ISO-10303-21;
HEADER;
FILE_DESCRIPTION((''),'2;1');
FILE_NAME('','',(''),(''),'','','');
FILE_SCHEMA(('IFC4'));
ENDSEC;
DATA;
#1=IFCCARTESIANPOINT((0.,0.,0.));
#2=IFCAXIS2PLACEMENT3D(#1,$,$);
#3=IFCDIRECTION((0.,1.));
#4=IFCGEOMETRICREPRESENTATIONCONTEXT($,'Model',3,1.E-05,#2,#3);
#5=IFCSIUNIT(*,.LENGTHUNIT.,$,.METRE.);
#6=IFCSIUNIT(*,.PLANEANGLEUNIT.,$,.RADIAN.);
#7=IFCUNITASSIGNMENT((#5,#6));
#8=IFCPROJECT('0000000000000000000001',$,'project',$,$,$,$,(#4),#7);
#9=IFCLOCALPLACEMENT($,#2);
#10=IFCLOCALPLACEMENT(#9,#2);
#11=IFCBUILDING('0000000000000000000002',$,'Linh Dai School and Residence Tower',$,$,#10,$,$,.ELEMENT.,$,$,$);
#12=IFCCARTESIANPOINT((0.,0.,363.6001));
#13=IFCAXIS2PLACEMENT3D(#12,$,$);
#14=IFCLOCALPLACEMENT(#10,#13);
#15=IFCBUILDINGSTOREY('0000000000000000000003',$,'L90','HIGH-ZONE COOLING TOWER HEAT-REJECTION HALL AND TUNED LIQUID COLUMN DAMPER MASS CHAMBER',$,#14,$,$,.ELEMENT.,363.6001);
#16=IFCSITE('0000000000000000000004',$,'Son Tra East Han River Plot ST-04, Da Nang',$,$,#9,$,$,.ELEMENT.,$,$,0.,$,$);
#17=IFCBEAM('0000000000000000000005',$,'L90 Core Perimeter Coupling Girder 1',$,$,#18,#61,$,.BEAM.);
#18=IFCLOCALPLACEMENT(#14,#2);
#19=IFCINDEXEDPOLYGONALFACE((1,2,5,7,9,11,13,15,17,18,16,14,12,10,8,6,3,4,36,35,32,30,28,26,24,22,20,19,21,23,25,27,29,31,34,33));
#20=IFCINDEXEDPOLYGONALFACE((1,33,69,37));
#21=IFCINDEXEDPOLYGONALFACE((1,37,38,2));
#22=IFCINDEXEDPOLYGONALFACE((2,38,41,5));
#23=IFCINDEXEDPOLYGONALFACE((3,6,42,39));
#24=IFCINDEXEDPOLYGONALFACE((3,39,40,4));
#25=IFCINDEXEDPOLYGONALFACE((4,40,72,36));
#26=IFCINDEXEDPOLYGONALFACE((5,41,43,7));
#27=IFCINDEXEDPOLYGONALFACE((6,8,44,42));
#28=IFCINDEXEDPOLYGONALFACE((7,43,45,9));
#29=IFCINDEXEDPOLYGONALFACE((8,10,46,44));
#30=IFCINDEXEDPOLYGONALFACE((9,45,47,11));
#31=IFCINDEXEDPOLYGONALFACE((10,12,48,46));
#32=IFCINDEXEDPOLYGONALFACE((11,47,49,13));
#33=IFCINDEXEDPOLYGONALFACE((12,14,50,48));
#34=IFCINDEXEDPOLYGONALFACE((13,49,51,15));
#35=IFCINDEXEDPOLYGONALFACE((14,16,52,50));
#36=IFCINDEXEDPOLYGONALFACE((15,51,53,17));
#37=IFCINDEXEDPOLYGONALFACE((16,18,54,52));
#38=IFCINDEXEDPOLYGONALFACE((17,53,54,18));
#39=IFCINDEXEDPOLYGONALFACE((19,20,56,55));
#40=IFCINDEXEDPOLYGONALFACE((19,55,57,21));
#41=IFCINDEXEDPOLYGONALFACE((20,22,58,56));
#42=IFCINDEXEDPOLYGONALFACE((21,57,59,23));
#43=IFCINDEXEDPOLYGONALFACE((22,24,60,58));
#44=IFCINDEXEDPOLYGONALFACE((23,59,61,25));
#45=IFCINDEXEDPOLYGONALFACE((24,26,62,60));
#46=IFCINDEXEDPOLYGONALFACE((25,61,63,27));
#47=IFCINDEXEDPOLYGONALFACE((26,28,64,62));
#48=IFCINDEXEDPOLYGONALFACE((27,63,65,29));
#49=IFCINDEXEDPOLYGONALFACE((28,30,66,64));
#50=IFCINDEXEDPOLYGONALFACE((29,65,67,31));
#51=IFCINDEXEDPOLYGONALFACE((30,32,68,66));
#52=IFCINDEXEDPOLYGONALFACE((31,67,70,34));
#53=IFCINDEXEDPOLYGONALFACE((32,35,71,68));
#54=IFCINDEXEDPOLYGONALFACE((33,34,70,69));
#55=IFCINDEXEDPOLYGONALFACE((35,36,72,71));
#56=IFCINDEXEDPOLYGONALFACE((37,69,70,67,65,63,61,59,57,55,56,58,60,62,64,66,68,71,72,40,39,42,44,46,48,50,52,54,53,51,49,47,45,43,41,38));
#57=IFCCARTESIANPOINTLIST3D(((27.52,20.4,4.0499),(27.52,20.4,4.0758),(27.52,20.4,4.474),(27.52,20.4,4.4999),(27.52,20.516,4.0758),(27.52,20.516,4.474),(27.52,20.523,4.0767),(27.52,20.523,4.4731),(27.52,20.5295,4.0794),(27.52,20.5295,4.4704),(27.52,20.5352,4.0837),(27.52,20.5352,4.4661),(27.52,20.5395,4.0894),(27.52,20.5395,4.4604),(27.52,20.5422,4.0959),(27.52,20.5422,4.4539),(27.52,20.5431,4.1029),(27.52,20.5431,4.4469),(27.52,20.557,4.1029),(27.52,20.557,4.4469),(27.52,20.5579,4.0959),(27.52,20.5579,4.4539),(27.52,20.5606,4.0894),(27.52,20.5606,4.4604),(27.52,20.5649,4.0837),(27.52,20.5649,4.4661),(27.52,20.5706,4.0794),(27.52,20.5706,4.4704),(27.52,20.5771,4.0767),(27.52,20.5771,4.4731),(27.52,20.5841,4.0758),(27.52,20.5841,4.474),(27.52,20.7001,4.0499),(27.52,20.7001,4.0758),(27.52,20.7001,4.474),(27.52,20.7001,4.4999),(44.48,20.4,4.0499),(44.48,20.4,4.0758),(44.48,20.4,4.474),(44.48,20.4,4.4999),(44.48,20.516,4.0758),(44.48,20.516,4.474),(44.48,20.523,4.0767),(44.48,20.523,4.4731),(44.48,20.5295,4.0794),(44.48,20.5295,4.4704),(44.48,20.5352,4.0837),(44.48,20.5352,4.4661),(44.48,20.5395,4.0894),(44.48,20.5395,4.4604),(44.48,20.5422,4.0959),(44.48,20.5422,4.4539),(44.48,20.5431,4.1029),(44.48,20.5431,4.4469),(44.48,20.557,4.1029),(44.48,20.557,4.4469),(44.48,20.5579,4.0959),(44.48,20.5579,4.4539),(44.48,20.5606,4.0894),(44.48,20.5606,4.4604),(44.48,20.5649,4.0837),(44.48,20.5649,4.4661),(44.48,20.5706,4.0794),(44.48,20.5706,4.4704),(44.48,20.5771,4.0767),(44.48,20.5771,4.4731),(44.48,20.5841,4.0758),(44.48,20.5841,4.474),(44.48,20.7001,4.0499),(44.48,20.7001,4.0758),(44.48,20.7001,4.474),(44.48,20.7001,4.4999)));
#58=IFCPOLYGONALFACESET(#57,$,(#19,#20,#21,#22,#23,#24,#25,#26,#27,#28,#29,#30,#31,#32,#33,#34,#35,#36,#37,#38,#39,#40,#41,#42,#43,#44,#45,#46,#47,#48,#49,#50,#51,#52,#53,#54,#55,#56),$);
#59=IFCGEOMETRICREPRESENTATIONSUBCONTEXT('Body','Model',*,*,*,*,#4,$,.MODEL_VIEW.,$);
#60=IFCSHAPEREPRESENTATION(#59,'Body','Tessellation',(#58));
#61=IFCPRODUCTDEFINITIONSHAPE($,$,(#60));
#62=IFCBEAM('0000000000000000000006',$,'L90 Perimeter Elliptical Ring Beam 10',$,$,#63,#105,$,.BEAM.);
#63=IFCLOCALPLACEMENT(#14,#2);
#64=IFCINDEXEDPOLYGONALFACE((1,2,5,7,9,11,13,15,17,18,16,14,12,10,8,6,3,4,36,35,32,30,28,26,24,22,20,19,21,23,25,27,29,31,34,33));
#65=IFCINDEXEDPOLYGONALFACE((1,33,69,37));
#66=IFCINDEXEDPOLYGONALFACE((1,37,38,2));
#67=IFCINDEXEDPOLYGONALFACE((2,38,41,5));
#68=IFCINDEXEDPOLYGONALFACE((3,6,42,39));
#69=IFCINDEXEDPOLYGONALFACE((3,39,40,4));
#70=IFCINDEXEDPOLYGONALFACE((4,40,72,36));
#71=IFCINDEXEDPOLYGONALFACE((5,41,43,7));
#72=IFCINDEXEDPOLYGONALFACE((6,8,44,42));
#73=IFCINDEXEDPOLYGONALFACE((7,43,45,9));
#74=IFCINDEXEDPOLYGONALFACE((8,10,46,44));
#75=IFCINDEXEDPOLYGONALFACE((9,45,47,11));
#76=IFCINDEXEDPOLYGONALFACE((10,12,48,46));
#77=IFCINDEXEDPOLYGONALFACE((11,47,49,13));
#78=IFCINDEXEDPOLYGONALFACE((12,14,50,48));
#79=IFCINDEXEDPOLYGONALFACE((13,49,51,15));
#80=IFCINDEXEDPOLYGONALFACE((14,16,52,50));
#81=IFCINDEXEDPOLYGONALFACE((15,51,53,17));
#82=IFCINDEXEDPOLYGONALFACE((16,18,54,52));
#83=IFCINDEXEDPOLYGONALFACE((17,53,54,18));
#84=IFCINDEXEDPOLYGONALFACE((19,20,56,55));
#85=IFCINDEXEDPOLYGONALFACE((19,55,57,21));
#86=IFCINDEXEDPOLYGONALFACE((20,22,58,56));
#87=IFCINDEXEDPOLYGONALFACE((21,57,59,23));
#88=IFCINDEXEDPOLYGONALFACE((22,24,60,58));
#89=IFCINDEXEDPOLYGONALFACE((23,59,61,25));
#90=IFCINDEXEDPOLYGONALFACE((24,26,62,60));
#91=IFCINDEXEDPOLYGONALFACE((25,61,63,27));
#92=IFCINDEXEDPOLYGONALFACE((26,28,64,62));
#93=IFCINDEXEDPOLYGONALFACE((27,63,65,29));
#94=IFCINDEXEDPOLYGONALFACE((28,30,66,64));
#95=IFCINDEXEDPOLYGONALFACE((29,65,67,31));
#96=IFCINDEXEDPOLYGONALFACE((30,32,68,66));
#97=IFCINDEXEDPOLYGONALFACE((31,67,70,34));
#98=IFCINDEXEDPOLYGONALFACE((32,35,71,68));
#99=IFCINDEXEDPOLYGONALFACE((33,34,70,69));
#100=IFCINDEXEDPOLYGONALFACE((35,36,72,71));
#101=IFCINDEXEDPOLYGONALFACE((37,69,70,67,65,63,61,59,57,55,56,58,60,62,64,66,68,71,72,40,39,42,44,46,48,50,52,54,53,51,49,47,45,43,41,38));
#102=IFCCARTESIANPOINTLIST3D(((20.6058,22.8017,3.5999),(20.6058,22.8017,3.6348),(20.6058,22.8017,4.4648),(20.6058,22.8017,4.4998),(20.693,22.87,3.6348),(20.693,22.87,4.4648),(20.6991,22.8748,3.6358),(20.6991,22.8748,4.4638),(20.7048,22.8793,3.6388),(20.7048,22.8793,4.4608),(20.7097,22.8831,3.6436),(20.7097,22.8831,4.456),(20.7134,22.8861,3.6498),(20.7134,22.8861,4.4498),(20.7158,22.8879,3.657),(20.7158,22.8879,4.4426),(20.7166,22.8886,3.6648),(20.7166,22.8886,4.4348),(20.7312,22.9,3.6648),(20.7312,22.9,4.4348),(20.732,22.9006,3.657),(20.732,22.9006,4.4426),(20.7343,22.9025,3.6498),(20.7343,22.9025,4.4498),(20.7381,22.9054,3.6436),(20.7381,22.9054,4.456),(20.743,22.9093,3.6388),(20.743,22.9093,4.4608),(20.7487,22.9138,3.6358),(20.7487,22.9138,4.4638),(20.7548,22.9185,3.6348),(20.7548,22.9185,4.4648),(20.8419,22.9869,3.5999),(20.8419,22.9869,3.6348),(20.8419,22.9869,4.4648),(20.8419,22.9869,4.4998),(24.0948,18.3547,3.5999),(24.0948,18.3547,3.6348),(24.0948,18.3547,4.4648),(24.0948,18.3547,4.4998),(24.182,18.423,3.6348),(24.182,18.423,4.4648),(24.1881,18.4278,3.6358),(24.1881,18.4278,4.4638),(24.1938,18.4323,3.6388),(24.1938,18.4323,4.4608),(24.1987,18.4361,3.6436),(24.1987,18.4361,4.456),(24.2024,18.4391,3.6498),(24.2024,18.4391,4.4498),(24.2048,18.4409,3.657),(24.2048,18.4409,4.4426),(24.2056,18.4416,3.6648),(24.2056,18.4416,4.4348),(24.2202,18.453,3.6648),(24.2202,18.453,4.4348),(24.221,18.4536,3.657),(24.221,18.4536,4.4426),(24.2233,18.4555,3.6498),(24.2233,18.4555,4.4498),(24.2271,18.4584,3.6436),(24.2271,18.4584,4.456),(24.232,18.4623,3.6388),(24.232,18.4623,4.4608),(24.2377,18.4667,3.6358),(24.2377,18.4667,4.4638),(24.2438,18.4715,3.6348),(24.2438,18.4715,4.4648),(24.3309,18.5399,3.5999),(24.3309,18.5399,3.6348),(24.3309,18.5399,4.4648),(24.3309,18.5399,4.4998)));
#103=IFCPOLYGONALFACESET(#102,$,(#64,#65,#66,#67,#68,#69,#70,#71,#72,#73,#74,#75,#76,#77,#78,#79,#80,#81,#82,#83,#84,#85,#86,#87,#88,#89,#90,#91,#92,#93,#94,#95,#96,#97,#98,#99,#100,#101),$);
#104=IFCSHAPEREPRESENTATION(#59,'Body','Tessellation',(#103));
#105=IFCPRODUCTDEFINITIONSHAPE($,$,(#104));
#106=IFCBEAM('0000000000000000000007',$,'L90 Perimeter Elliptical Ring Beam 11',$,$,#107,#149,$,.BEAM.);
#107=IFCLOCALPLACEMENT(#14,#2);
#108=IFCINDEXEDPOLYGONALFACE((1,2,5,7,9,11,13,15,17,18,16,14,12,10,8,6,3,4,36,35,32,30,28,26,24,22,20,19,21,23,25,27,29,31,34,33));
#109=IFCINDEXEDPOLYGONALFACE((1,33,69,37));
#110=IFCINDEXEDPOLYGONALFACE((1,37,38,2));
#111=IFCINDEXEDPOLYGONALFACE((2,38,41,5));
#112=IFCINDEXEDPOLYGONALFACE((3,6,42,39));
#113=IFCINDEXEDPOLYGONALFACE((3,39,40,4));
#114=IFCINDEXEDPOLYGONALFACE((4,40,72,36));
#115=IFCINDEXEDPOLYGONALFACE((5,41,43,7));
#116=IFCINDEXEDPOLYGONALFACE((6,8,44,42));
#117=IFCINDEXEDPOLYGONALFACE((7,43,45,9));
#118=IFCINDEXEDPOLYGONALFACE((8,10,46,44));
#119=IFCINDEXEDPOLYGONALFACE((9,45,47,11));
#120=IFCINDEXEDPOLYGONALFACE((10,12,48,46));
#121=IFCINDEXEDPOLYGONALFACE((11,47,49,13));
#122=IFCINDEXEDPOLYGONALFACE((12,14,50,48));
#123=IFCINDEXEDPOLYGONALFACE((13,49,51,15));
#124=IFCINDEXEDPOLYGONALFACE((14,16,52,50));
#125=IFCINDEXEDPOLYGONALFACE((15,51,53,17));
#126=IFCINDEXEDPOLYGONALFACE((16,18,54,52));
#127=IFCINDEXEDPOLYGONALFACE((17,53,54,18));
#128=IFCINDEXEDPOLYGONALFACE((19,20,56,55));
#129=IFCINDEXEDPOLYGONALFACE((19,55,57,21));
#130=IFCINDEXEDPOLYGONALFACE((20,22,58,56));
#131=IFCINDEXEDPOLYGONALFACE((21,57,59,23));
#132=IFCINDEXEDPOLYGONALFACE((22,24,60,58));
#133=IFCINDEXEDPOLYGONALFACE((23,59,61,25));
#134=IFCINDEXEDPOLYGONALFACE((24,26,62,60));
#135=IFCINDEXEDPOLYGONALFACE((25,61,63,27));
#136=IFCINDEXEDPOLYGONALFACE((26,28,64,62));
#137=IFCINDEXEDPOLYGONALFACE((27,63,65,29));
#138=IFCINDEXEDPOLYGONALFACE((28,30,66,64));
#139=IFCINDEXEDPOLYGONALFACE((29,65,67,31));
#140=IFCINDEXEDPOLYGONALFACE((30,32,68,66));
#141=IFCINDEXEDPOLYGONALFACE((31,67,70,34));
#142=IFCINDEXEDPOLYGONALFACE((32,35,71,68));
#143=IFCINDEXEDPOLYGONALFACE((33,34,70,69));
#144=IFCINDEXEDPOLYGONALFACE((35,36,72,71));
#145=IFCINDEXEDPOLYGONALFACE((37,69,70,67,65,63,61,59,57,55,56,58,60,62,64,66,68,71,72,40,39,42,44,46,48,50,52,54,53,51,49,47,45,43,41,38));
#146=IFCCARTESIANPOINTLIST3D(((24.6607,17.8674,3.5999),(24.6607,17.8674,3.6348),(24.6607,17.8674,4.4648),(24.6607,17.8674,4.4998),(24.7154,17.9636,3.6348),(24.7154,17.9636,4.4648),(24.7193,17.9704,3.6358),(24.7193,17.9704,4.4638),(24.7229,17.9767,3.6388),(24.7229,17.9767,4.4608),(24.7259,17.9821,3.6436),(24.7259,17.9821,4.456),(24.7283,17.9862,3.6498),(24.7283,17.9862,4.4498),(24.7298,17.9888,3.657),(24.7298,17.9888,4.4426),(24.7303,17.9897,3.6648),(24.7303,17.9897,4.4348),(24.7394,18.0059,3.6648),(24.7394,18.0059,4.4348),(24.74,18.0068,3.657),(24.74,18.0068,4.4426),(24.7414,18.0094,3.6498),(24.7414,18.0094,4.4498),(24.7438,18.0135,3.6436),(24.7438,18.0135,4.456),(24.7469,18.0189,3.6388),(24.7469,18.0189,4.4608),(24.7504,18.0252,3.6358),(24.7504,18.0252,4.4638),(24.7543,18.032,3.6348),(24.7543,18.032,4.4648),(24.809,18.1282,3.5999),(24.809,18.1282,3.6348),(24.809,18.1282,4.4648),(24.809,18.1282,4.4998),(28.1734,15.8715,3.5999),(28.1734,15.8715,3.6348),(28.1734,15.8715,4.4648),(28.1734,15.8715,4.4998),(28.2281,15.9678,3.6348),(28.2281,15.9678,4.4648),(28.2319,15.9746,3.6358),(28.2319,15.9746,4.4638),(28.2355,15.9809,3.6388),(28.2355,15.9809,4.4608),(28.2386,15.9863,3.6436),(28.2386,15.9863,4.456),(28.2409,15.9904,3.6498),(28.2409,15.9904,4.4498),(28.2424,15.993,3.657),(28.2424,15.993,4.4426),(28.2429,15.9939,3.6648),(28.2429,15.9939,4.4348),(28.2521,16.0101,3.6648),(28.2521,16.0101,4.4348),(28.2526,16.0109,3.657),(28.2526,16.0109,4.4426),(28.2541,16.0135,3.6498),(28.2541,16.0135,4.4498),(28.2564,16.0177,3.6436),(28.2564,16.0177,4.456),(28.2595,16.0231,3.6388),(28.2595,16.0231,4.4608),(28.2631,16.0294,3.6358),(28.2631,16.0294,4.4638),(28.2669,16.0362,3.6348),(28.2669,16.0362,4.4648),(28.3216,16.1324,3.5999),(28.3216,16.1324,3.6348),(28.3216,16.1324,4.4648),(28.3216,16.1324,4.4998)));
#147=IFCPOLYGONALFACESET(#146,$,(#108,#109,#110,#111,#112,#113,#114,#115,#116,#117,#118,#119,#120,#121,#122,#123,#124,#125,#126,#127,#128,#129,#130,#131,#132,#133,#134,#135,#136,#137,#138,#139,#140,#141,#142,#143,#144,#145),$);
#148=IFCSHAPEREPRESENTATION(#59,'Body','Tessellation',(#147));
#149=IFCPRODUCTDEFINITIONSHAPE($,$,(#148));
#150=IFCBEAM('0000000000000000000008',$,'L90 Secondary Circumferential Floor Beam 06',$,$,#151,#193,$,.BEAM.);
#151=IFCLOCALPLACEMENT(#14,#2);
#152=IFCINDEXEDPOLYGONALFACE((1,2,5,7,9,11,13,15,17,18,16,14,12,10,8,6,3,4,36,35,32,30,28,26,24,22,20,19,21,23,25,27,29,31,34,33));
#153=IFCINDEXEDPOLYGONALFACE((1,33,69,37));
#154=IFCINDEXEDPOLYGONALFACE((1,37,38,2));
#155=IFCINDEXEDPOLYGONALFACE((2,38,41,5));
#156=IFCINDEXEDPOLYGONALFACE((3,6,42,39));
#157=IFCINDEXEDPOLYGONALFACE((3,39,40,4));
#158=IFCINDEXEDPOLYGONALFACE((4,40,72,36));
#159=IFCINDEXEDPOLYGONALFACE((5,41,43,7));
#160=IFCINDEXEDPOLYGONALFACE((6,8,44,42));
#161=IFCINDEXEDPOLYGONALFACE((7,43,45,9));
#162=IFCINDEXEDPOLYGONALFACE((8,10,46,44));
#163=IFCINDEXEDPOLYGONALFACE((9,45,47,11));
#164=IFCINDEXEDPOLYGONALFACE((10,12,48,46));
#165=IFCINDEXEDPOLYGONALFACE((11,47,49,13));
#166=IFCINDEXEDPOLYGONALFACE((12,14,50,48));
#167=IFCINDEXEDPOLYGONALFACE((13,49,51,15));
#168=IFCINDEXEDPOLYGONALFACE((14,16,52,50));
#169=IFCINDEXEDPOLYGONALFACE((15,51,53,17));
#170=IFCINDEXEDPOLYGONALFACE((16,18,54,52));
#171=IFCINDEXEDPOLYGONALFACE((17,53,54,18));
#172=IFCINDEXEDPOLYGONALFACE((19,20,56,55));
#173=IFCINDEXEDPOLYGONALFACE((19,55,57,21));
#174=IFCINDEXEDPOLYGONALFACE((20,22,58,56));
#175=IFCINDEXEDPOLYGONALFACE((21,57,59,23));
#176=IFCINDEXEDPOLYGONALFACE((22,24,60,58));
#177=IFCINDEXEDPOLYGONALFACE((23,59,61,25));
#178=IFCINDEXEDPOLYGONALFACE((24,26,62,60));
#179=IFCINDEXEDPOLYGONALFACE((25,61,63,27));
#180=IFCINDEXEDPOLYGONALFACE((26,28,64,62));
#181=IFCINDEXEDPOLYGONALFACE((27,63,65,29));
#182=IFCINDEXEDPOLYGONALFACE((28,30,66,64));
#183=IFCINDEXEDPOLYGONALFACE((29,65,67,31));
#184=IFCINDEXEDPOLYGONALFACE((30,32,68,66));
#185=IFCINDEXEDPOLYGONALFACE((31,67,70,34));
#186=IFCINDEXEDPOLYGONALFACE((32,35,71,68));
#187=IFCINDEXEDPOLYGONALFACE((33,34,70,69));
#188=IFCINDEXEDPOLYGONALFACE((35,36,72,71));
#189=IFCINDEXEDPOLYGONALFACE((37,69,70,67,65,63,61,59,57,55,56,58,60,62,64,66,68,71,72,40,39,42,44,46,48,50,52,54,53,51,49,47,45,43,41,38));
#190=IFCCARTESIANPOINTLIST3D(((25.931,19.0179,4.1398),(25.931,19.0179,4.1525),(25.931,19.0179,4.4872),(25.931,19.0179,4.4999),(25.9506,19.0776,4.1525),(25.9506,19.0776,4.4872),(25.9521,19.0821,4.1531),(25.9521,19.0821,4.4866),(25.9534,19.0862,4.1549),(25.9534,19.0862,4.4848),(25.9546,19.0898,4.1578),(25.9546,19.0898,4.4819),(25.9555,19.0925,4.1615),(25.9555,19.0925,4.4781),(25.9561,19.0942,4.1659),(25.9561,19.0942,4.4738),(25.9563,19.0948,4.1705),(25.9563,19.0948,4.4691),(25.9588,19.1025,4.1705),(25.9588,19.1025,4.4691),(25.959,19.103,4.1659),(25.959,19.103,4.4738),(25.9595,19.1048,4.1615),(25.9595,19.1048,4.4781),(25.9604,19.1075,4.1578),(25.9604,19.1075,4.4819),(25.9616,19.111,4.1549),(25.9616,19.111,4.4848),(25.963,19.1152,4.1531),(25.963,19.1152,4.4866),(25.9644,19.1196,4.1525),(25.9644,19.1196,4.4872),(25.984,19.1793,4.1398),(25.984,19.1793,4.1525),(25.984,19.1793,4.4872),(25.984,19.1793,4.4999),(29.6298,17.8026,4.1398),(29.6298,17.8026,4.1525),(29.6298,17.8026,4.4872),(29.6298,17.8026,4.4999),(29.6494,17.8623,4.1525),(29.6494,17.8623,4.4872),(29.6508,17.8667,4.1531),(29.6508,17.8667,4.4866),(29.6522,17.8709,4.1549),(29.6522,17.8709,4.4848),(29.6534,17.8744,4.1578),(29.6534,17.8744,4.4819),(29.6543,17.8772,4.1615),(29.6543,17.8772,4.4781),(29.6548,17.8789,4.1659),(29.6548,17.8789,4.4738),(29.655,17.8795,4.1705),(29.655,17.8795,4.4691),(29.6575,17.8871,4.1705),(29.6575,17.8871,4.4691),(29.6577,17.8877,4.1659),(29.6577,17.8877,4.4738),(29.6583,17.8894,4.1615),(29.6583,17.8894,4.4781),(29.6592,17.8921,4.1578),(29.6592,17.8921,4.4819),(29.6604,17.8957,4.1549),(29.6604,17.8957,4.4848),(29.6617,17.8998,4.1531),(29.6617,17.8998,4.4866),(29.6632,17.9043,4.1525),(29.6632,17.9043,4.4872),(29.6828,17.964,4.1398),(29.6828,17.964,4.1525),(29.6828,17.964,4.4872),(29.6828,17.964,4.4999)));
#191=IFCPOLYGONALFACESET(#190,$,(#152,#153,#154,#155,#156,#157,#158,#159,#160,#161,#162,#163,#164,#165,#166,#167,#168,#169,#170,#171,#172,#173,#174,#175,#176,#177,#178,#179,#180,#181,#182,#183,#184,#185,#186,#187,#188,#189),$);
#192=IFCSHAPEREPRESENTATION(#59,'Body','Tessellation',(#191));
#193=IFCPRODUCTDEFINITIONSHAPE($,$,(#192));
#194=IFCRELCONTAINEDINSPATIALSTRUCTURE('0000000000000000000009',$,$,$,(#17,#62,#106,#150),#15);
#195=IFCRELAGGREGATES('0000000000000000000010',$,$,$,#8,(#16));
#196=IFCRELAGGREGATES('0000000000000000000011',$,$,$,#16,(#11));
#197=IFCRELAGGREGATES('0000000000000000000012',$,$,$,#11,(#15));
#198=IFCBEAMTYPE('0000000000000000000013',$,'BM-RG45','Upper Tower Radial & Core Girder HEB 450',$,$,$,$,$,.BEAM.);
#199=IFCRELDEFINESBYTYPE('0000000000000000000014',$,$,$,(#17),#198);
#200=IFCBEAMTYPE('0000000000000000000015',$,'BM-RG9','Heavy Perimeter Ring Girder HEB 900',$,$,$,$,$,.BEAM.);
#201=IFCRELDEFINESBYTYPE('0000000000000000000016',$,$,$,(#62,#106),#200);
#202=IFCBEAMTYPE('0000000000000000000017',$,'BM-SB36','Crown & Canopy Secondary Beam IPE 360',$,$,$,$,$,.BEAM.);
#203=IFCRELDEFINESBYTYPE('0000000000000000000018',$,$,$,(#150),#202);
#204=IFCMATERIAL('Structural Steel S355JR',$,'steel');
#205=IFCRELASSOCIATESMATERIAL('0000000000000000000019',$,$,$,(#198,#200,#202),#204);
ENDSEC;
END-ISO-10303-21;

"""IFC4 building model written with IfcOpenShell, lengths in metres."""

from ifc_helpers import new_model, si_unit, direction, frame, origin, origin_2d, place, context, subcontext, project, spatial, i_section, extrude, material, material_profile, profile_set, type_object, element, save


model = new_model("IFC4")

# Units and contexts
model_context = context("Model", 3, precision=1e-05, world=origin(), true_north=direction((0.0, 1.0)))
body_context = subcontext(model_context, "Body", "Model", "MODEL_VIEW")
ifc_project = project(units=[si_unit("LENGTHUNIT", "METRE"), si_unit("PLANEANGLEUNIT", "RADIAN")], contexts=[model_context])

# Site, building, storey
site_placement = place(None, origin())
site = spatial("IfcSite", under=ifc_project, at=site_placement, Name="Son Tra East Han River Plot ST-04, Da Nang", CompositionType="ELEMENT", RefElevation=0.0)
building_placement = place(site_placement, origin())
building = spatial("IfcBuilding", under=site, at=building_placement, Name="Linh Dai School and Residence Tower", CompositionType="ELEMENT")
storey_placement = place(building_placement, frame((0.0, 0.0, 363.6001)))
storey = spatial("IfcBuildingStorey", under=building, at=storey_placement, Name="L90", Description="HIGH-ZONE COOLING TOWER HEAT-REJECTION HALL AND TUNED LIQUID COLUMN DAMPER MASS CHAMBER", CompositionType="ELEMENT", Elevation=363.6001)

# Shared definitions
ifc_material_1 = material(Name="Structural Steel S355JR", Category="steel")

# Beams
ifc_material_profile_1 = material_profile(ifc_material_1, i_section(OverallWidth=0.3, OverallDepth=0.45, WebThickness=0.0139, FlangeThickness=0.0259, FilletRadius=0.0271, at=origin_2d()), Name="HEB 450")
ifc_profile_set_1 = profile_set([ifc_material_profile_1], Name="Structural Steel S355JR")
beam_type_1 = type_object("IfcBeamType", Name="BM-RG45", Description="Upper Tower Radial & Core Girder HEB 450", PredefinedType="BEAM", material=ifc_profile_set_1)
beam_1_placement = place(storey_placement, frame((27.52, 20.55, 4.2749), z_axis=(1.0, 0.0, 0.0), x_axis=(0.0, 1.0, 0.0)))
element("IfcBeam", 1, at=beam_1_placement, inside=storey, type_object=beam_type_1, Name="L90 Core Perimeter Coupling Girder 1", PredefinedType="BEAM", context=body_context, shape_type="SweptSolid", body=[
    extrude(i_section(OverallWidth=0.3, OverallDepth=0.45, WebThickness=0.0139, FlangeThickness=0.0259, FilletRadius=0.0271, at=origin_2d()), origin(), (0.0, 0.0, 1.0), 16.96),
])
ifc_material_profile_2 = material_profile(ifc_material_1, i_section(OverallWidth=0.3, OverallDepth=0.8999, WebThickness=0.0186, FlangeThickness=0.0349, FilletRadius=0.03, at=origin_2d()), Name="HEB 900")
ifc_profile_set_2 = profile_set([ifc_material_profile_2], Name="Structural Steel S355JR")
beam_type_2 = type_object("IfcBeamType", Name="BM-RG9", Description="Heavy Perimeter Ring Girder HEB 900", PredefinedType="BEAM", material=ifc_profile_set_2)
beam_2_placement = place(storey_placement, frame((20.7239, 22.8943, 4.0498), z_axis=(0.617266, -0.786754, 0.0), x_axis=(0.786754, 0.617266, 0.0)))
element("IfcBeam", 2, at=beam_2_placement, inside=storey, type_object=beam_type_2, Name="L90 Perimeter Elliptical Ring Beam 10", PredefinedType="BEAM", context=body_context, shape_type="SweptSolid", body=[
    extrude(i_section(OverallWidth=0.3, OverallDepth=0.8999, WebThickness=0.0186, FlangeThickness=0.0349, FilletRadius=0.03, at=origin_2d()), origin(), (0.0, 0.0, 1.0), 5.6523),
])
beam_3_placement = place(storey_placement, frame((24.7349, 17.9978, 4.0498), z_axis=(0.869457, -0.494009, 0.0), x_axis=(0.494009, 0.869457, 0.0)))
element("IfcBeam", 3, at=beam_3_placement, inside=storey, type_object=beam_type_2, Name="L90 Perimeter Elliptical Ring Beam 11", PredefinedType="BEAM", context=body_context, shape_type="SweptSolid", body=[
    extrude(i_section(OverallWidth=0.3, OverallDepth=0.8999, WebThickness=0.0186, FlangeThickness=0.0349, FilletRadius=0.03, at=origin_2d()), origin(), (0.0, 0.0, 1.0), 4.04),
])
ifc_material_profile_3 = material_profile(ifc_material_1, i_section(OverallWidth=0.1699, OverallDepth=0.3601, WebThickness=0.0081, FlangeThickness=0.0127, FilletRadius=0.0181, at=origin_2d()), Name="IPE 360")
ifc_profile_set_3 = profile_set([ifc_material_profile_3], Name="Structural Steel S355JR")
beam_type_3 = type_object("IfcBeamType", Name="BM-SB36", Description="Crown & Canopy Secondary Beam IPE 360", PredefinedType="BEAM", material=ifc_profile_set_3)
beam_4_placement = place(storey_placement, frame((25.9575, 19.0986, 4.3198), z_axis=(0.950029, -0.312161, 0.0), x_axis=(0.312161, 0.950029, 0.0)))
element("IfcBeam", 4, at=beam_4_placement, inside=storey, type_object=beam_type_3, Name="L90 Secondary Circumferential Floor Beam 06", PredefinedType="BEAM", context=body_context, shape_type="SweptSolid", body=[
    extrude(i_section(OverallWidth=0.1699, OverallDepth=0.3601, WebThickness=0.0081, FlangeThickness=0.0127, FilletRadius=0.0181, at=origin_2d()), origin(), (0.0, 0.0, 1.0), 3.8933),
])

save(model, "model.ifc")
